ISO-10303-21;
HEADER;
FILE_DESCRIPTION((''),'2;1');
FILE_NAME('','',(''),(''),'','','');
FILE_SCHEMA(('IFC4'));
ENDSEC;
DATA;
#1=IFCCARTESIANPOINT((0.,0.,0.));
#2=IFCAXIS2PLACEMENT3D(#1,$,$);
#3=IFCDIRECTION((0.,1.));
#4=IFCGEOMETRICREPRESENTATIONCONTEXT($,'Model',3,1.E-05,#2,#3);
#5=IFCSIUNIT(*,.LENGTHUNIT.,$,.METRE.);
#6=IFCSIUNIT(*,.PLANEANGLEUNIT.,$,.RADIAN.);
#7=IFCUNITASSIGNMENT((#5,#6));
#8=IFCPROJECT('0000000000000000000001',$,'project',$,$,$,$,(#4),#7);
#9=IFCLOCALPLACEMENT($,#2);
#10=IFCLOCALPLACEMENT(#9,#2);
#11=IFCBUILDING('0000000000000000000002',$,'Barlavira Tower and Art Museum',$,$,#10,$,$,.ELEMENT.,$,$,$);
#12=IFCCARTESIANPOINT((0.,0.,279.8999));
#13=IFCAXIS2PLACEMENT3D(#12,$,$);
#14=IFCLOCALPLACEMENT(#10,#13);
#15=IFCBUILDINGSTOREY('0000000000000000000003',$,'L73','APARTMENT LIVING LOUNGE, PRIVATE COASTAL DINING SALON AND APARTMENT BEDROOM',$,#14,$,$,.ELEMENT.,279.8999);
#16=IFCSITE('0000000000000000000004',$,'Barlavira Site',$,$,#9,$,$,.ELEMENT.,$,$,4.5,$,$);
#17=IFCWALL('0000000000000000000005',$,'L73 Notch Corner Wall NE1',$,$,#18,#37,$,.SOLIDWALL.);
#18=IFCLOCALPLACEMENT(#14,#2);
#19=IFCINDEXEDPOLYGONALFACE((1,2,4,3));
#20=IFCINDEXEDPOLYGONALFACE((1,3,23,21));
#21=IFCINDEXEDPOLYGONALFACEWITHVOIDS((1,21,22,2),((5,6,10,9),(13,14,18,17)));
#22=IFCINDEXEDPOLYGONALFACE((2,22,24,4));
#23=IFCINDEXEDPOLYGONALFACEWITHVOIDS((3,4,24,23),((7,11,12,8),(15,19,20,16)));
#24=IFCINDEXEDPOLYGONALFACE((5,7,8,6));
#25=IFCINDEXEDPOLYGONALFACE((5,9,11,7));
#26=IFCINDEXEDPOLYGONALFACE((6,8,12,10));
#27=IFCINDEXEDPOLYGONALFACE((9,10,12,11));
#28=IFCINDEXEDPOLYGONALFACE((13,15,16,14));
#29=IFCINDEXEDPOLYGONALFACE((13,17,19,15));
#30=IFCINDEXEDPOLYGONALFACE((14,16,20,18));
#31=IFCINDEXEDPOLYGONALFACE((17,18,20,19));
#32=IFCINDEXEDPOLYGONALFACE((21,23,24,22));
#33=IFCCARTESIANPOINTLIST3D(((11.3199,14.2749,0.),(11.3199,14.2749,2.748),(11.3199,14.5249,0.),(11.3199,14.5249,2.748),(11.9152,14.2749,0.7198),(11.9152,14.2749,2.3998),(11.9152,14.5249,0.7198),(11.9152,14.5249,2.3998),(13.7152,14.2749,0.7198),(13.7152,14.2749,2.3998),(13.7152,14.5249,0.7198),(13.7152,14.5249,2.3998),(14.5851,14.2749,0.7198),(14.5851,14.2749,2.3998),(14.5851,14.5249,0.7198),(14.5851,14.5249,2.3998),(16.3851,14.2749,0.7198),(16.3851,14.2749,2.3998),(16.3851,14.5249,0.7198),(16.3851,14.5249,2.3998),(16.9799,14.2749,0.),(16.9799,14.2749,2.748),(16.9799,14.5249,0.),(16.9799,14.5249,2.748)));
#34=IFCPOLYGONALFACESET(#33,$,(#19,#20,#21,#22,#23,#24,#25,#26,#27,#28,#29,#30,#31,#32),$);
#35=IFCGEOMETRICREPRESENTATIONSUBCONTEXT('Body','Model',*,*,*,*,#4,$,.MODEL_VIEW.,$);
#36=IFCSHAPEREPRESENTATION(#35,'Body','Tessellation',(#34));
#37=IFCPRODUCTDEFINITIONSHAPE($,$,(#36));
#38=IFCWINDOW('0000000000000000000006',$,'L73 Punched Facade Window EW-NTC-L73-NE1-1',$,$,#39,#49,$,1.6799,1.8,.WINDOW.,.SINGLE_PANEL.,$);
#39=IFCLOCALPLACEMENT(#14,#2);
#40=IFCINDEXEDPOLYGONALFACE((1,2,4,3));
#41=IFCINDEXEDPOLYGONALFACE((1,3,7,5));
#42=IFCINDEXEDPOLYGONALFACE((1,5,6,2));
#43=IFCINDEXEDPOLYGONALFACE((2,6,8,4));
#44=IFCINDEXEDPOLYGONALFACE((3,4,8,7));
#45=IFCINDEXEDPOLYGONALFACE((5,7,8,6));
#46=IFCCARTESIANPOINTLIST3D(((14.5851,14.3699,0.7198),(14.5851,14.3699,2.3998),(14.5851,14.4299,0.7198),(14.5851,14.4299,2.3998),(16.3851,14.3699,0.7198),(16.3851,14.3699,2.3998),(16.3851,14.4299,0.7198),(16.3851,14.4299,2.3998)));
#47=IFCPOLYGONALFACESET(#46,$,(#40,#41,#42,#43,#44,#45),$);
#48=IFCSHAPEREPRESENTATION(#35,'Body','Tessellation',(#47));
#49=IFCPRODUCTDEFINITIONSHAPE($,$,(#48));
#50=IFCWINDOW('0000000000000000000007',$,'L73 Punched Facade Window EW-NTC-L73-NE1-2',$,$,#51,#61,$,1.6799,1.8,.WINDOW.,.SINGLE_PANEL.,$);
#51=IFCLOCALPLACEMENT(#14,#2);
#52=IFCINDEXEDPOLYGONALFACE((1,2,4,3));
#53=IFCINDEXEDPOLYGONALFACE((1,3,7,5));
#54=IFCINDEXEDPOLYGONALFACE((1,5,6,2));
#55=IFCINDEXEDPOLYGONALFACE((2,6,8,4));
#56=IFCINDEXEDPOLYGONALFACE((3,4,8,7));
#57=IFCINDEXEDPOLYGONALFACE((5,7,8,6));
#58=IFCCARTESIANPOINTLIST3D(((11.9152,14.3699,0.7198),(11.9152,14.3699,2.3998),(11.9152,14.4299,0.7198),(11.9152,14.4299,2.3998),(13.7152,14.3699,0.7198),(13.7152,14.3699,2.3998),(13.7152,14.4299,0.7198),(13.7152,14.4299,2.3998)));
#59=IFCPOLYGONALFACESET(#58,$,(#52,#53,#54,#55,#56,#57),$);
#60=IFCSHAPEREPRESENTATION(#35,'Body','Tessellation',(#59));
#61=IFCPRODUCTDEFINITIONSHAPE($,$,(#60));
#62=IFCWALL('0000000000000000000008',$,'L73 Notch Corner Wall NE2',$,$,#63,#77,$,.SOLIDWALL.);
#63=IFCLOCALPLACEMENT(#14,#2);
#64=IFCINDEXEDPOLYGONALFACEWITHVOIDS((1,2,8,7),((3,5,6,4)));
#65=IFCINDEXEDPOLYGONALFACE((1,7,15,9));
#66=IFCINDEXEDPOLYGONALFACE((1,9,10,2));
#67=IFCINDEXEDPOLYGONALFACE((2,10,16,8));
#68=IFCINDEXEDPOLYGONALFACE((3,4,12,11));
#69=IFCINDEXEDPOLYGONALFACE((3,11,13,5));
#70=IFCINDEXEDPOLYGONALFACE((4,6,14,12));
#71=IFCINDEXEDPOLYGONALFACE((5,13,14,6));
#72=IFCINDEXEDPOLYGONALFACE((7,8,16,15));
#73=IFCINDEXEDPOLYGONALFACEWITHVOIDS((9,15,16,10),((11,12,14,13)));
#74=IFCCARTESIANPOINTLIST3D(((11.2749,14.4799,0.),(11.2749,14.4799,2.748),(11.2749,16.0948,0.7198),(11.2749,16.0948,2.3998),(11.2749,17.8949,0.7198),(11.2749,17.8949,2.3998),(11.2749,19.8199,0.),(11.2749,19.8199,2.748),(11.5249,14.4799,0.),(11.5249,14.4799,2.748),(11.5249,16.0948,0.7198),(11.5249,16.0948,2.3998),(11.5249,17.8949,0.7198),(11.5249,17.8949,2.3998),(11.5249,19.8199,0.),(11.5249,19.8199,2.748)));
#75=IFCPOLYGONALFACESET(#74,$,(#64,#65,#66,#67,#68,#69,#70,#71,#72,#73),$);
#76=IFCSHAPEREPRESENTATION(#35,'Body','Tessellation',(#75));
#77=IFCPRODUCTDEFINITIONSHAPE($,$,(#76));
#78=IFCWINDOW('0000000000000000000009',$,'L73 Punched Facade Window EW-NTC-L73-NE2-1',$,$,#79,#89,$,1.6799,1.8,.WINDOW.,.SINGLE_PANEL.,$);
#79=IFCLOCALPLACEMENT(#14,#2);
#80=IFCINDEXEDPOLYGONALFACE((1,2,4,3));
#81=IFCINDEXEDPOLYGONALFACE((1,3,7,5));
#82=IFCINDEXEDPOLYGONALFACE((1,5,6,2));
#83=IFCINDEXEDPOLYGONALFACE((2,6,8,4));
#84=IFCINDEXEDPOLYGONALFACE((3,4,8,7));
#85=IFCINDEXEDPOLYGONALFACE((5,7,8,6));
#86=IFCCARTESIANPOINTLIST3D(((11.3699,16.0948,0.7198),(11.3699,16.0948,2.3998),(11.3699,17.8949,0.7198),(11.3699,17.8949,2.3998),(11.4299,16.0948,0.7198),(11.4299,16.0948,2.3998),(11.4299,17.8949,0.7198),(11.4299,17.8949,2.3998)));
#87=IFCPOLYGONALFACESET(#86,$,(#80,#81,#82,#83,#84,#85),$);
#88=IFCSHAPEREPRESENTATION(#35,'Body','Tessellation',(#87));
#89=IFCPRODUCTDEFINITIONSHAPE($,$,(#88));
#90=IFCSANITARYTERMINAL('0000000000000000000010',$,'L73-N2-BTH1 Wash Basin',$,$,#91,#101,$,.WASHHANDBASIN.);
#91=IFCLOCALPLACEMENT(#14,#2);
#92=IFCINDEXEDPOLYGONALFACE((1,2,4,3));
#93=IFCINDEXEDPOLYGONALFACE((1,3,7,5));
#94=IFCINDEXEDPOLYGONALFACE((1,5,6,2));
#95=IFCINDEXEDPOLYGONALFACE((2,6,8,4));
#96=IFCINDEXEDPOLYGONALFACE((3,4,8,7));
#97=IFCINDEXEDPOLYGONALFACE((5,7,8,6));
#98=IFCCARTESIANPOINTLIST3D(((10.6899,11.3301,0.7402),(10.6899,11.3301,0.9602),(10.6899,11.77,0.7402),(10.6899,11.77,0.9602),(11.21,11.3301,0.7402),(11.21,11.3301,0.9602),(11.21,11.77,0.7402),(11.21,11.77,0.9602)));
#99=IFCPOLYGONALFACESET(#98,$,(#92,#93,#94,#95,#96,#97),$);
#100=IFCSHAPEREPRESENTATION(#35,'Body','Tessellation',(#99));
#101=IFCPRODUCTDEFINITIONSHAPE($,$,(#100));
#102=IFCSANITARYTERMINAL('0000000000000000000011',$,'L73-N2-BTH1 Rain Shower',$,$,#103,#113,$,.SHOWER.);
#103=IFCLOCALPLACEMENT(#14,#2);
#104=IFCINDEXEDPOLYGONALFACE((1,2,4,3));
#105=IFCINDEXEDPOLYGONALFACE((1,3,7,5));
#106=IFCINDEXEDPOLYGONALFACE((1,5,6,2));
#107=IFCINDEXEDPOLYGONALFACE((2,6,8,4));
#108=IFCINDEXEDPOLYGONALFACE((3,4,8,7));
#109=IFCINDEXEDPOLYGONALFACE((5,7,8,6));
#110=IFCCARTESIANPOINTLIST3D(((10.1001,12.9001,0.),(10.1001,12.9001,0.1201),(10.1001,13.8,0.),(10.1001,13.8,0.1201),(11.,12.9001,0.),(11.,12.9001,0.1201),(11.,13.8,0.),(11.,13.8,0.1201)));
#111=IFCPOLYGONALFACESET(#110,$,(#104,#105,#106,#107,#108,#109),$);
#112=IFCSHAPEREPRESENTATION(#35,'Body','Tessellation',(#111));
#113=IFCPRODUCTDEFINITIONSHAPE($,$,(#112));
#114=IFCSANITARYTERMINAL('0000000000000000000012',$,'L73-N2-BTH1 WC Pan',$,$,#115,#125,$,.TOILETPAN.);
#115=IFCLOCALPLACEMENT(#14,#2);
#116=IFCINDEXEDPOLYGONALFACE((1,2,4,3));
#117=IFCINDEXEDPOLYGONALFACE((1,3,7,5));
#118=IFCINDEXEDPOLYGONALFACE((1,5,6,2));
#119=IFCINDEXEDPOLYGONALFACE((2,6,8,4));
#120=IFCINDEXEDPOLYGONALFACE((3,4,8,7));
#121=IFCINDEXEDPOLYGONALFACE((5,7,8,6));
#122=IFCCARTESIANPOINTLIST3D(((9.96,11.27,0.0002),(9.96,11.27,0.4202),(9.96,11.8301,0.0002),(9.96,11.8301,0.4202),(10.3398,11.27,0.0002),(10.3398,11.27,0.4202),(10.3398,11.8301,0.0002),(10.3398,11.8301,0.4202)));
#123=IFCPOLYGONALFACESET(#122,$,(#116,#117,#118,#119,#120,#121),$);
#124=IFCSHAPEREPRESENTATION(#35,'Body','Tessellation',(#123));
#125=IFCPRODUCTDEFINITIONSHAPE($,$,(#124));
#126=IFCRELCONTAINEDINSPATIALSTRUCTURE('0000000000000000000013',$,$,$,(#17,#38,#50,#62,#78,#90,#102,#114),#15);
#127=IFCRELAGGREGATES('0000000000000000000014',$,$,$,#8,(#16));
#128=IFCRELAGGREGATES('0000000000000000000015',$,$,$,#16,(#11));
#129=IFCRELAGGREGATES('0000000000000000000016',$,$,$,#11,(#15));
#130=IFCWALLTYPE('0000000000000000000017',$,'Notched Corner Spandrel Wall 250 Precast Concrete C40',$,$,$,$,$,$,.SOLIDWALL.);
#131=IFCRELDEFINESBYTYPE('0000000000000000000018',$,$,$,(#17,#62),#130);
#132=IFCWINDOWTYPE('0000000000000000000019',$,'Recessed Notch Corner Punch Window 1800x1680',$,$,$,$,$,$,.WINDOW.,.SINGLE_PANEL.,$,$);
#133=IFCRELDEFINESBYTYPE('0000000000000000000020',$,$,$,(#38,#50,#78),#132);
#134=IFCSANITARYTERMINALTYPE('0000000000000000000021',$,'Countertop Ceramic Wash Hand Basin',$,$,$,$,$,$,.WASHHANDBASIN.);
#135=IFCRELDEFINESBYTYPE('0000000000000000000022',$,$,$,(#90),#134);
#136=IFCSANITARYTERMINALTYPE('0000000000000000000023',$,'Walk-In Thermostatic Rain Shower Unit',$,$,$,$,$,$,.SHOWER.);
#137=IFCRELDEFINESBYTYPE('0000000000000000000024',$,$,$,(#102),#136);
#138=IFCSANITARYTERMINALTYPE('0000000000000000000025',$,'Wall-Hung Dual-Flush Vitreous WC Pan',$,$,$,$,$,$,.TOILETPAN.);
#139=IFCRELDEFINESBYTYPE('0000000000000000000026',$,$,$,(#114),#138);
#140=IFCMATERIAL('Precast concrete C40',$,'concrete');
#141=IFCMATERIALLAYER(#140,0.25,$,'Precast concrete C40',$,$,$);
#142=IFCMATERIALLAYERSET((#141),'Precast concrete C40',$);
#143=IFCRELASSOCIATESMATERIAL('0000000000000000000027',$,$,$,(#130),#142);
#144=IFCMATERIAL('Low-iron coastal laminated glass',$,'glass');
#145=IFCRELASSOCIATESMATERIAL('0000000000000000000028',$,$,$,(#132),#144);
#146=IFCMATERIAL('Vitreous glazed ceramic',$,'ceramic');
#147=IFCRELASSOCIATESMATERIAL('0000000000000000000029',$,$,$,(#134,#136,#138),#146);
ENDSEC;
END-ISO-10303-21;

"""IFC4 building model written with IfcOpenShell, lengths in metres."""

from ifc_helpers import new_model, si_unit, direction, frame, frame_2d, origin, origin_2d, place, context, subcontext, project, spatial, rectangle, extrude, material, layer, layer_set, type_object, element, fill, save


model = new_model("IFC4")

# Units and contexts
model_context = context("Model", 3, precision=1e-05, world=origin(), true_north=direction((0.0, 1.0)))
body_context = subcontext(model_context, "Body", "Model", "MODEL_VIEW")
ifc_project = project(units=[si_unit("LENGTHUNIT", "METRE"), si_unit("PLANEANGLEUNIT", "RADIAN")], contexts=[model_context])

# Site, building, storey
site_placement = place(None, origin())
site = spatial("IfcSite", under=ifc_project, at=site_placement, Name="Barlavira Site", CompositionType="ELEMENT", RefElevation=4.5)
building_placement = place(site_placement, origin())
building = spatial("IfcBuilding", under=site, at=building_placement, Name="Barlavira Tower and Art Museum", CompositionType="ELEMENT")
storey_placement = place(building_placement, frame((0.0, 0.0, 279.8999)))
storey = spatial("IfcBuildingStorey", under=building, at=storey_placement, Name="L73", Description="APARTMENT LIVING LOUNGE, PRIVATE COASTAL DINING SALON AND APARTMENT BEDROOM", CompositionType="ELEMENT", Elevation=279.8999)

# Shared definitions
ifc_material_1 = material(Name="Precast concrete C40", Category="concrete")
ifc_layer_1 = layer(ifc_material_1, 0.25, Name="Precast concrete C40")
ifc_layer_set_1 = layer_set([ifc_layer_1], Name="Precast concrete C40")
wall_type_1 = type_object("IfcWallType", Name="Notched Corner Spandrel Wall 250 Precast Concrete C40", PredefinedType="SOLIDWALL", material=ifc_layer_set_1)
ifc_material_2 = material(Name="Low-iron coastal laminated glass", Category="glass")

# Wall, openings, windows
wall_1_placement = place(storey_placement, frame((16.98, 14.3999, 0.0), z_axis=(0.0, 0.0, 1.0), x_axis=(-1.0, 0.0, 0.0)))
wall_1 = element("IfcWall", 1, at=wall_1_placement, inside=storey, type_object=wall_type_1, Name="L73 Notch Corner Wall NE1", PredefinedType="SOLIDWALL", context=body_context, shape_type="SweptSolid", body=[
    extrude(rectangle(XDim=5.6599, YDim=0.25, at=frame_2d((2.8301, 0.0))), origin(), (0.0, 0.0, 1.0), 2.748),
])
opening_1_placement = place(wall_1_placement, frame((0.595, 0.0, 0.72)))
opening_1 = element("IfcOpeningElement", 2, at=opening_1_placement, cuts=wall_1, PredefinedType="OPENING", context=body_context, shape_type="SweptSolid", body=[
    extrude(rectangle(XDim=1.8, YDim=1.6799, at=frame_2d((0.8999, 0.8398))), frame((0.0, 0.135, 0.0), z_axis=(0.0, -1.0, 0.0), x_axis=(1.0, 0.0, 0.0)), (0.0, 0.0, 1.0), 0.27),
])
opening_2_placement = place(wall_1_placement, frame((3.2649, 0.0, 0.72)))
opening_2 = element("IfcOpeningElement", 3, at=opening_2_placement, cuts=wall_1, PredefinedType="OPENING", context=body_context, shape_type="SweptSolid", body=[
    extrude(rectangle(XDim=1.8, YDim=1.6799, at=frame_2d((0.8999, 0.8398))), frame((0.0, 0.135, 0.0), z_axis=(0.0, -1.0, 0.0), x_axis=(1.0, 0.0, 0.0)), (0.0, 0.0, 1.0), 0.27),
])
window_type_1 = type_object("IfcWindowType", Name="Recessed Notch Corner Punch Window 1800x1680", PartitioningType="SINGLE_PANEL", PredefinedType="WINDOW", material=ifc_material_2)
window_1_placement = place(opening_1_placement, origin())
window_1 = element("IfcWindow", 4, at=window_1_placement, inside=storey, type_object=window_type_1, Name="L73 Punched Facade Window EW-NTC-L73-NE1-1", OverallHeight=1.6799, OverallWidth=1.8, PartitioningType="SINGLE_PANEL", PredefinedType="WINDOW", context=body_context, shape_type="SweptSolid", body=[
    extrude(rectangle(XDim=1.8, YDim=1.6799, at=frame_2d((0.8999, 0.8398))), frame((0.0, 0.03, 0.0), z_axis=(0.0, -1.0, 0.0), x_axis=(1.0, 0.0, 0.0)), (0.0, 0.0, 1.0), 0.0601),
])
fill(opening_1, window_1)
window_2_placement = place(opening_2_placement, origin())
window_2 = element("IfcWindow", 5, at=window_2_placement, inside=storey, type_object=window_type_1, Name="L73 Punched Facade Window EW-NTC-L73-NE1-2", OverallHeight=1.6799, OverallWidth=1.8, PartitioningType="SINGLE_PANEL", PredefinedType="WINDOW", context=body_context, shape_type="SweptSolid", body=[
    extrude(rectangle(XDim=1.8, YDim=1.6799, at=frame_2d((0.8999, 0.8398))), frame((0.0, 0.03, 0.0), z_axis=(0.0, -1.0, 0.0), x_axis=(1.0, 0.0, 0.0)), (0.0, 0.0, 1.0), 0.0601),
])
fill(opening_2, window_2)

# Wall, opening, window
wall_2_placement = place(storey_placement, frame((11.3999, 14.48, 0.0), z_axis=(0.0, 0.0, 1.0), x_axis=(0.0, 1.0, 0.0)))
wall_2 = element("IfcWall", 6, at=wall_2_placement, inside=storey, type_object=wall_type_1, Name="L73 Notch Corner Wall NE2", PredefinedType="SOLIDWALL", context=body_context, shape_type="SweptSolid", body=[
    extrude(rectangle(XDim=5.3401, YDim=0.25, at=frame_2d((2.6699, 0.0))), origin(), (0.0, 0.0, 1.0), 2.748),
])
opening_3_placement = place(wall_2_placement, frame((1.615, 0.0, 0.72)))
opening_3 = element("IfcOpeningElement", 7, at=opening_3_placement, cuts=wall_2, PredefinedType="OPENING", context=body_context, shape_type="SweptSolid", body=[
    extrude(rectangle(XDim=1.8, YDim=1.6799, at=frame_2d((0.8999, 0.8398))), frame((0.0, 0.135, 0.0), z_axis=(0.0, -1.0, 0.0), x_axis=(1.0, 0.0, 0.0)), (0.0, 0.0, 1.0), 0.27),
])
window_3_placement = place(opening_3_placement, origin())
window_3 = element("IfcWindow", 8, at=window_3_placement, inside=storey, type_object=window_type_1, Name="L73 Punched Facade Window EW-NTC-L73-NE2-1", OverallHeight=1.6799, OverallWidth=1.8, PartitioningType="SINGLE_PANEL", PredefinedType="WINDOW", context=body_context, shape_type="SweptSolid", body=[
    extrude(rectangle(XDim=1.8, YDim=1.6799, at=frame_2d((0.8999, 0.8398))), frame((0.0, 0.03, 0.0), z_axis=(0.0, -1.0, 0.0), x_axis=(1.0, 0.0, 0.0)), (0.0, 0.0, 1.0), 0.0601),
])
fill(opening_3, window_3)

# Sanitary terminals
ifc_material_3 = material(Name="Vitreous glazed ceramic", Category="ceramic")
sanitary_terminal_type_1 = type_object("IfcSanitaryTerminalType", Name="Countertop Ceramic Wash Hand Basin", PredefinedType="WASHHANDBASIN", material=ifc_material_3)
sanitary_terminal_1_placement = place(storey_placement, frame((10.95, 11.55, 0.7402), z_axis=(0.0, 0.0, 1.0), x_axis=(1.0, 0.0, 0.0)))
element("IfcSanitaryTerminal", 9, at=sanitary_terminal_1_placement, inside=storey, type_object=sanitary_terminal_type_1, Name="L73-N2-BTH1 Wash Basin", PredefinedType="WASHHANDBASIN", context=body_context, shape_type="SweptSolid", body=[
    extrude(rectangle(XDim=0.52, YDim=0.4399, at=origin_2d()), origin(), (0.0, 0.0, 1.0), 0.22),
])
sanitary_terminal_type_2 = type_object("IfcSanitaryTerminalType", Name="Walk-In Thermostatic Rain Shower Unit", PredefinedType="SHOWER", material=ifc_material_3)
sanitary_terminal_2_placement = place(storey_placement, frame((10.55, 13.3501, 0.0), z_axis=(0.0, 0.0, 1.0), x_axis=(1.0, 0.0, 0.0)))
element("IfcSanitaryTerminal", 10, at=sanitary_terminal_2_placement, inside=storey, type_object=sanitary_terminal_type_2, Name="L73-N2-BTH1 Rain Shower", PredefinedType="SHOWER", context=body_context, shape_type="SweptSolid", body=[
    extrude(rectangle(XDim=0.8999, YDim=0.8999, at=origin_2d()), origin(), (0.0, 0.0, 1.0), 0.1201),
])
sanitary_terminal_type_3 = type_object("IfcSanitaryTerminalType", Name="Wall-Hung Dual-Flush Vitreous WC Pan", PredefinedType="TOILETPAN", material=ifc_material_3)
sanitary_terminal_3_placement = place(storey_placement, frame((10.1499, 11.55, 0.0002), z_axis=(0.0, 0.0, 1.0), x_axis=(1.0, 0.0, 0.0)))
element("IfcSanitaryTerminal", 11, at=sanitary_terminal_3_placement, inside=storey, type_object=sanitary_terminal_type_3, Name="L73-N2-BTH1 WC Pan", PredefinedType="TOILETPAN", context=body_context, shape_type="SweptSolid", body=[
    extrude(rectangle(XDim=0.3799, YDim=0.5601, at=origin_2d()), origin(), (0.0, 0.0, 1.0), 0.4199),
])

save(model, "model.ifc")
